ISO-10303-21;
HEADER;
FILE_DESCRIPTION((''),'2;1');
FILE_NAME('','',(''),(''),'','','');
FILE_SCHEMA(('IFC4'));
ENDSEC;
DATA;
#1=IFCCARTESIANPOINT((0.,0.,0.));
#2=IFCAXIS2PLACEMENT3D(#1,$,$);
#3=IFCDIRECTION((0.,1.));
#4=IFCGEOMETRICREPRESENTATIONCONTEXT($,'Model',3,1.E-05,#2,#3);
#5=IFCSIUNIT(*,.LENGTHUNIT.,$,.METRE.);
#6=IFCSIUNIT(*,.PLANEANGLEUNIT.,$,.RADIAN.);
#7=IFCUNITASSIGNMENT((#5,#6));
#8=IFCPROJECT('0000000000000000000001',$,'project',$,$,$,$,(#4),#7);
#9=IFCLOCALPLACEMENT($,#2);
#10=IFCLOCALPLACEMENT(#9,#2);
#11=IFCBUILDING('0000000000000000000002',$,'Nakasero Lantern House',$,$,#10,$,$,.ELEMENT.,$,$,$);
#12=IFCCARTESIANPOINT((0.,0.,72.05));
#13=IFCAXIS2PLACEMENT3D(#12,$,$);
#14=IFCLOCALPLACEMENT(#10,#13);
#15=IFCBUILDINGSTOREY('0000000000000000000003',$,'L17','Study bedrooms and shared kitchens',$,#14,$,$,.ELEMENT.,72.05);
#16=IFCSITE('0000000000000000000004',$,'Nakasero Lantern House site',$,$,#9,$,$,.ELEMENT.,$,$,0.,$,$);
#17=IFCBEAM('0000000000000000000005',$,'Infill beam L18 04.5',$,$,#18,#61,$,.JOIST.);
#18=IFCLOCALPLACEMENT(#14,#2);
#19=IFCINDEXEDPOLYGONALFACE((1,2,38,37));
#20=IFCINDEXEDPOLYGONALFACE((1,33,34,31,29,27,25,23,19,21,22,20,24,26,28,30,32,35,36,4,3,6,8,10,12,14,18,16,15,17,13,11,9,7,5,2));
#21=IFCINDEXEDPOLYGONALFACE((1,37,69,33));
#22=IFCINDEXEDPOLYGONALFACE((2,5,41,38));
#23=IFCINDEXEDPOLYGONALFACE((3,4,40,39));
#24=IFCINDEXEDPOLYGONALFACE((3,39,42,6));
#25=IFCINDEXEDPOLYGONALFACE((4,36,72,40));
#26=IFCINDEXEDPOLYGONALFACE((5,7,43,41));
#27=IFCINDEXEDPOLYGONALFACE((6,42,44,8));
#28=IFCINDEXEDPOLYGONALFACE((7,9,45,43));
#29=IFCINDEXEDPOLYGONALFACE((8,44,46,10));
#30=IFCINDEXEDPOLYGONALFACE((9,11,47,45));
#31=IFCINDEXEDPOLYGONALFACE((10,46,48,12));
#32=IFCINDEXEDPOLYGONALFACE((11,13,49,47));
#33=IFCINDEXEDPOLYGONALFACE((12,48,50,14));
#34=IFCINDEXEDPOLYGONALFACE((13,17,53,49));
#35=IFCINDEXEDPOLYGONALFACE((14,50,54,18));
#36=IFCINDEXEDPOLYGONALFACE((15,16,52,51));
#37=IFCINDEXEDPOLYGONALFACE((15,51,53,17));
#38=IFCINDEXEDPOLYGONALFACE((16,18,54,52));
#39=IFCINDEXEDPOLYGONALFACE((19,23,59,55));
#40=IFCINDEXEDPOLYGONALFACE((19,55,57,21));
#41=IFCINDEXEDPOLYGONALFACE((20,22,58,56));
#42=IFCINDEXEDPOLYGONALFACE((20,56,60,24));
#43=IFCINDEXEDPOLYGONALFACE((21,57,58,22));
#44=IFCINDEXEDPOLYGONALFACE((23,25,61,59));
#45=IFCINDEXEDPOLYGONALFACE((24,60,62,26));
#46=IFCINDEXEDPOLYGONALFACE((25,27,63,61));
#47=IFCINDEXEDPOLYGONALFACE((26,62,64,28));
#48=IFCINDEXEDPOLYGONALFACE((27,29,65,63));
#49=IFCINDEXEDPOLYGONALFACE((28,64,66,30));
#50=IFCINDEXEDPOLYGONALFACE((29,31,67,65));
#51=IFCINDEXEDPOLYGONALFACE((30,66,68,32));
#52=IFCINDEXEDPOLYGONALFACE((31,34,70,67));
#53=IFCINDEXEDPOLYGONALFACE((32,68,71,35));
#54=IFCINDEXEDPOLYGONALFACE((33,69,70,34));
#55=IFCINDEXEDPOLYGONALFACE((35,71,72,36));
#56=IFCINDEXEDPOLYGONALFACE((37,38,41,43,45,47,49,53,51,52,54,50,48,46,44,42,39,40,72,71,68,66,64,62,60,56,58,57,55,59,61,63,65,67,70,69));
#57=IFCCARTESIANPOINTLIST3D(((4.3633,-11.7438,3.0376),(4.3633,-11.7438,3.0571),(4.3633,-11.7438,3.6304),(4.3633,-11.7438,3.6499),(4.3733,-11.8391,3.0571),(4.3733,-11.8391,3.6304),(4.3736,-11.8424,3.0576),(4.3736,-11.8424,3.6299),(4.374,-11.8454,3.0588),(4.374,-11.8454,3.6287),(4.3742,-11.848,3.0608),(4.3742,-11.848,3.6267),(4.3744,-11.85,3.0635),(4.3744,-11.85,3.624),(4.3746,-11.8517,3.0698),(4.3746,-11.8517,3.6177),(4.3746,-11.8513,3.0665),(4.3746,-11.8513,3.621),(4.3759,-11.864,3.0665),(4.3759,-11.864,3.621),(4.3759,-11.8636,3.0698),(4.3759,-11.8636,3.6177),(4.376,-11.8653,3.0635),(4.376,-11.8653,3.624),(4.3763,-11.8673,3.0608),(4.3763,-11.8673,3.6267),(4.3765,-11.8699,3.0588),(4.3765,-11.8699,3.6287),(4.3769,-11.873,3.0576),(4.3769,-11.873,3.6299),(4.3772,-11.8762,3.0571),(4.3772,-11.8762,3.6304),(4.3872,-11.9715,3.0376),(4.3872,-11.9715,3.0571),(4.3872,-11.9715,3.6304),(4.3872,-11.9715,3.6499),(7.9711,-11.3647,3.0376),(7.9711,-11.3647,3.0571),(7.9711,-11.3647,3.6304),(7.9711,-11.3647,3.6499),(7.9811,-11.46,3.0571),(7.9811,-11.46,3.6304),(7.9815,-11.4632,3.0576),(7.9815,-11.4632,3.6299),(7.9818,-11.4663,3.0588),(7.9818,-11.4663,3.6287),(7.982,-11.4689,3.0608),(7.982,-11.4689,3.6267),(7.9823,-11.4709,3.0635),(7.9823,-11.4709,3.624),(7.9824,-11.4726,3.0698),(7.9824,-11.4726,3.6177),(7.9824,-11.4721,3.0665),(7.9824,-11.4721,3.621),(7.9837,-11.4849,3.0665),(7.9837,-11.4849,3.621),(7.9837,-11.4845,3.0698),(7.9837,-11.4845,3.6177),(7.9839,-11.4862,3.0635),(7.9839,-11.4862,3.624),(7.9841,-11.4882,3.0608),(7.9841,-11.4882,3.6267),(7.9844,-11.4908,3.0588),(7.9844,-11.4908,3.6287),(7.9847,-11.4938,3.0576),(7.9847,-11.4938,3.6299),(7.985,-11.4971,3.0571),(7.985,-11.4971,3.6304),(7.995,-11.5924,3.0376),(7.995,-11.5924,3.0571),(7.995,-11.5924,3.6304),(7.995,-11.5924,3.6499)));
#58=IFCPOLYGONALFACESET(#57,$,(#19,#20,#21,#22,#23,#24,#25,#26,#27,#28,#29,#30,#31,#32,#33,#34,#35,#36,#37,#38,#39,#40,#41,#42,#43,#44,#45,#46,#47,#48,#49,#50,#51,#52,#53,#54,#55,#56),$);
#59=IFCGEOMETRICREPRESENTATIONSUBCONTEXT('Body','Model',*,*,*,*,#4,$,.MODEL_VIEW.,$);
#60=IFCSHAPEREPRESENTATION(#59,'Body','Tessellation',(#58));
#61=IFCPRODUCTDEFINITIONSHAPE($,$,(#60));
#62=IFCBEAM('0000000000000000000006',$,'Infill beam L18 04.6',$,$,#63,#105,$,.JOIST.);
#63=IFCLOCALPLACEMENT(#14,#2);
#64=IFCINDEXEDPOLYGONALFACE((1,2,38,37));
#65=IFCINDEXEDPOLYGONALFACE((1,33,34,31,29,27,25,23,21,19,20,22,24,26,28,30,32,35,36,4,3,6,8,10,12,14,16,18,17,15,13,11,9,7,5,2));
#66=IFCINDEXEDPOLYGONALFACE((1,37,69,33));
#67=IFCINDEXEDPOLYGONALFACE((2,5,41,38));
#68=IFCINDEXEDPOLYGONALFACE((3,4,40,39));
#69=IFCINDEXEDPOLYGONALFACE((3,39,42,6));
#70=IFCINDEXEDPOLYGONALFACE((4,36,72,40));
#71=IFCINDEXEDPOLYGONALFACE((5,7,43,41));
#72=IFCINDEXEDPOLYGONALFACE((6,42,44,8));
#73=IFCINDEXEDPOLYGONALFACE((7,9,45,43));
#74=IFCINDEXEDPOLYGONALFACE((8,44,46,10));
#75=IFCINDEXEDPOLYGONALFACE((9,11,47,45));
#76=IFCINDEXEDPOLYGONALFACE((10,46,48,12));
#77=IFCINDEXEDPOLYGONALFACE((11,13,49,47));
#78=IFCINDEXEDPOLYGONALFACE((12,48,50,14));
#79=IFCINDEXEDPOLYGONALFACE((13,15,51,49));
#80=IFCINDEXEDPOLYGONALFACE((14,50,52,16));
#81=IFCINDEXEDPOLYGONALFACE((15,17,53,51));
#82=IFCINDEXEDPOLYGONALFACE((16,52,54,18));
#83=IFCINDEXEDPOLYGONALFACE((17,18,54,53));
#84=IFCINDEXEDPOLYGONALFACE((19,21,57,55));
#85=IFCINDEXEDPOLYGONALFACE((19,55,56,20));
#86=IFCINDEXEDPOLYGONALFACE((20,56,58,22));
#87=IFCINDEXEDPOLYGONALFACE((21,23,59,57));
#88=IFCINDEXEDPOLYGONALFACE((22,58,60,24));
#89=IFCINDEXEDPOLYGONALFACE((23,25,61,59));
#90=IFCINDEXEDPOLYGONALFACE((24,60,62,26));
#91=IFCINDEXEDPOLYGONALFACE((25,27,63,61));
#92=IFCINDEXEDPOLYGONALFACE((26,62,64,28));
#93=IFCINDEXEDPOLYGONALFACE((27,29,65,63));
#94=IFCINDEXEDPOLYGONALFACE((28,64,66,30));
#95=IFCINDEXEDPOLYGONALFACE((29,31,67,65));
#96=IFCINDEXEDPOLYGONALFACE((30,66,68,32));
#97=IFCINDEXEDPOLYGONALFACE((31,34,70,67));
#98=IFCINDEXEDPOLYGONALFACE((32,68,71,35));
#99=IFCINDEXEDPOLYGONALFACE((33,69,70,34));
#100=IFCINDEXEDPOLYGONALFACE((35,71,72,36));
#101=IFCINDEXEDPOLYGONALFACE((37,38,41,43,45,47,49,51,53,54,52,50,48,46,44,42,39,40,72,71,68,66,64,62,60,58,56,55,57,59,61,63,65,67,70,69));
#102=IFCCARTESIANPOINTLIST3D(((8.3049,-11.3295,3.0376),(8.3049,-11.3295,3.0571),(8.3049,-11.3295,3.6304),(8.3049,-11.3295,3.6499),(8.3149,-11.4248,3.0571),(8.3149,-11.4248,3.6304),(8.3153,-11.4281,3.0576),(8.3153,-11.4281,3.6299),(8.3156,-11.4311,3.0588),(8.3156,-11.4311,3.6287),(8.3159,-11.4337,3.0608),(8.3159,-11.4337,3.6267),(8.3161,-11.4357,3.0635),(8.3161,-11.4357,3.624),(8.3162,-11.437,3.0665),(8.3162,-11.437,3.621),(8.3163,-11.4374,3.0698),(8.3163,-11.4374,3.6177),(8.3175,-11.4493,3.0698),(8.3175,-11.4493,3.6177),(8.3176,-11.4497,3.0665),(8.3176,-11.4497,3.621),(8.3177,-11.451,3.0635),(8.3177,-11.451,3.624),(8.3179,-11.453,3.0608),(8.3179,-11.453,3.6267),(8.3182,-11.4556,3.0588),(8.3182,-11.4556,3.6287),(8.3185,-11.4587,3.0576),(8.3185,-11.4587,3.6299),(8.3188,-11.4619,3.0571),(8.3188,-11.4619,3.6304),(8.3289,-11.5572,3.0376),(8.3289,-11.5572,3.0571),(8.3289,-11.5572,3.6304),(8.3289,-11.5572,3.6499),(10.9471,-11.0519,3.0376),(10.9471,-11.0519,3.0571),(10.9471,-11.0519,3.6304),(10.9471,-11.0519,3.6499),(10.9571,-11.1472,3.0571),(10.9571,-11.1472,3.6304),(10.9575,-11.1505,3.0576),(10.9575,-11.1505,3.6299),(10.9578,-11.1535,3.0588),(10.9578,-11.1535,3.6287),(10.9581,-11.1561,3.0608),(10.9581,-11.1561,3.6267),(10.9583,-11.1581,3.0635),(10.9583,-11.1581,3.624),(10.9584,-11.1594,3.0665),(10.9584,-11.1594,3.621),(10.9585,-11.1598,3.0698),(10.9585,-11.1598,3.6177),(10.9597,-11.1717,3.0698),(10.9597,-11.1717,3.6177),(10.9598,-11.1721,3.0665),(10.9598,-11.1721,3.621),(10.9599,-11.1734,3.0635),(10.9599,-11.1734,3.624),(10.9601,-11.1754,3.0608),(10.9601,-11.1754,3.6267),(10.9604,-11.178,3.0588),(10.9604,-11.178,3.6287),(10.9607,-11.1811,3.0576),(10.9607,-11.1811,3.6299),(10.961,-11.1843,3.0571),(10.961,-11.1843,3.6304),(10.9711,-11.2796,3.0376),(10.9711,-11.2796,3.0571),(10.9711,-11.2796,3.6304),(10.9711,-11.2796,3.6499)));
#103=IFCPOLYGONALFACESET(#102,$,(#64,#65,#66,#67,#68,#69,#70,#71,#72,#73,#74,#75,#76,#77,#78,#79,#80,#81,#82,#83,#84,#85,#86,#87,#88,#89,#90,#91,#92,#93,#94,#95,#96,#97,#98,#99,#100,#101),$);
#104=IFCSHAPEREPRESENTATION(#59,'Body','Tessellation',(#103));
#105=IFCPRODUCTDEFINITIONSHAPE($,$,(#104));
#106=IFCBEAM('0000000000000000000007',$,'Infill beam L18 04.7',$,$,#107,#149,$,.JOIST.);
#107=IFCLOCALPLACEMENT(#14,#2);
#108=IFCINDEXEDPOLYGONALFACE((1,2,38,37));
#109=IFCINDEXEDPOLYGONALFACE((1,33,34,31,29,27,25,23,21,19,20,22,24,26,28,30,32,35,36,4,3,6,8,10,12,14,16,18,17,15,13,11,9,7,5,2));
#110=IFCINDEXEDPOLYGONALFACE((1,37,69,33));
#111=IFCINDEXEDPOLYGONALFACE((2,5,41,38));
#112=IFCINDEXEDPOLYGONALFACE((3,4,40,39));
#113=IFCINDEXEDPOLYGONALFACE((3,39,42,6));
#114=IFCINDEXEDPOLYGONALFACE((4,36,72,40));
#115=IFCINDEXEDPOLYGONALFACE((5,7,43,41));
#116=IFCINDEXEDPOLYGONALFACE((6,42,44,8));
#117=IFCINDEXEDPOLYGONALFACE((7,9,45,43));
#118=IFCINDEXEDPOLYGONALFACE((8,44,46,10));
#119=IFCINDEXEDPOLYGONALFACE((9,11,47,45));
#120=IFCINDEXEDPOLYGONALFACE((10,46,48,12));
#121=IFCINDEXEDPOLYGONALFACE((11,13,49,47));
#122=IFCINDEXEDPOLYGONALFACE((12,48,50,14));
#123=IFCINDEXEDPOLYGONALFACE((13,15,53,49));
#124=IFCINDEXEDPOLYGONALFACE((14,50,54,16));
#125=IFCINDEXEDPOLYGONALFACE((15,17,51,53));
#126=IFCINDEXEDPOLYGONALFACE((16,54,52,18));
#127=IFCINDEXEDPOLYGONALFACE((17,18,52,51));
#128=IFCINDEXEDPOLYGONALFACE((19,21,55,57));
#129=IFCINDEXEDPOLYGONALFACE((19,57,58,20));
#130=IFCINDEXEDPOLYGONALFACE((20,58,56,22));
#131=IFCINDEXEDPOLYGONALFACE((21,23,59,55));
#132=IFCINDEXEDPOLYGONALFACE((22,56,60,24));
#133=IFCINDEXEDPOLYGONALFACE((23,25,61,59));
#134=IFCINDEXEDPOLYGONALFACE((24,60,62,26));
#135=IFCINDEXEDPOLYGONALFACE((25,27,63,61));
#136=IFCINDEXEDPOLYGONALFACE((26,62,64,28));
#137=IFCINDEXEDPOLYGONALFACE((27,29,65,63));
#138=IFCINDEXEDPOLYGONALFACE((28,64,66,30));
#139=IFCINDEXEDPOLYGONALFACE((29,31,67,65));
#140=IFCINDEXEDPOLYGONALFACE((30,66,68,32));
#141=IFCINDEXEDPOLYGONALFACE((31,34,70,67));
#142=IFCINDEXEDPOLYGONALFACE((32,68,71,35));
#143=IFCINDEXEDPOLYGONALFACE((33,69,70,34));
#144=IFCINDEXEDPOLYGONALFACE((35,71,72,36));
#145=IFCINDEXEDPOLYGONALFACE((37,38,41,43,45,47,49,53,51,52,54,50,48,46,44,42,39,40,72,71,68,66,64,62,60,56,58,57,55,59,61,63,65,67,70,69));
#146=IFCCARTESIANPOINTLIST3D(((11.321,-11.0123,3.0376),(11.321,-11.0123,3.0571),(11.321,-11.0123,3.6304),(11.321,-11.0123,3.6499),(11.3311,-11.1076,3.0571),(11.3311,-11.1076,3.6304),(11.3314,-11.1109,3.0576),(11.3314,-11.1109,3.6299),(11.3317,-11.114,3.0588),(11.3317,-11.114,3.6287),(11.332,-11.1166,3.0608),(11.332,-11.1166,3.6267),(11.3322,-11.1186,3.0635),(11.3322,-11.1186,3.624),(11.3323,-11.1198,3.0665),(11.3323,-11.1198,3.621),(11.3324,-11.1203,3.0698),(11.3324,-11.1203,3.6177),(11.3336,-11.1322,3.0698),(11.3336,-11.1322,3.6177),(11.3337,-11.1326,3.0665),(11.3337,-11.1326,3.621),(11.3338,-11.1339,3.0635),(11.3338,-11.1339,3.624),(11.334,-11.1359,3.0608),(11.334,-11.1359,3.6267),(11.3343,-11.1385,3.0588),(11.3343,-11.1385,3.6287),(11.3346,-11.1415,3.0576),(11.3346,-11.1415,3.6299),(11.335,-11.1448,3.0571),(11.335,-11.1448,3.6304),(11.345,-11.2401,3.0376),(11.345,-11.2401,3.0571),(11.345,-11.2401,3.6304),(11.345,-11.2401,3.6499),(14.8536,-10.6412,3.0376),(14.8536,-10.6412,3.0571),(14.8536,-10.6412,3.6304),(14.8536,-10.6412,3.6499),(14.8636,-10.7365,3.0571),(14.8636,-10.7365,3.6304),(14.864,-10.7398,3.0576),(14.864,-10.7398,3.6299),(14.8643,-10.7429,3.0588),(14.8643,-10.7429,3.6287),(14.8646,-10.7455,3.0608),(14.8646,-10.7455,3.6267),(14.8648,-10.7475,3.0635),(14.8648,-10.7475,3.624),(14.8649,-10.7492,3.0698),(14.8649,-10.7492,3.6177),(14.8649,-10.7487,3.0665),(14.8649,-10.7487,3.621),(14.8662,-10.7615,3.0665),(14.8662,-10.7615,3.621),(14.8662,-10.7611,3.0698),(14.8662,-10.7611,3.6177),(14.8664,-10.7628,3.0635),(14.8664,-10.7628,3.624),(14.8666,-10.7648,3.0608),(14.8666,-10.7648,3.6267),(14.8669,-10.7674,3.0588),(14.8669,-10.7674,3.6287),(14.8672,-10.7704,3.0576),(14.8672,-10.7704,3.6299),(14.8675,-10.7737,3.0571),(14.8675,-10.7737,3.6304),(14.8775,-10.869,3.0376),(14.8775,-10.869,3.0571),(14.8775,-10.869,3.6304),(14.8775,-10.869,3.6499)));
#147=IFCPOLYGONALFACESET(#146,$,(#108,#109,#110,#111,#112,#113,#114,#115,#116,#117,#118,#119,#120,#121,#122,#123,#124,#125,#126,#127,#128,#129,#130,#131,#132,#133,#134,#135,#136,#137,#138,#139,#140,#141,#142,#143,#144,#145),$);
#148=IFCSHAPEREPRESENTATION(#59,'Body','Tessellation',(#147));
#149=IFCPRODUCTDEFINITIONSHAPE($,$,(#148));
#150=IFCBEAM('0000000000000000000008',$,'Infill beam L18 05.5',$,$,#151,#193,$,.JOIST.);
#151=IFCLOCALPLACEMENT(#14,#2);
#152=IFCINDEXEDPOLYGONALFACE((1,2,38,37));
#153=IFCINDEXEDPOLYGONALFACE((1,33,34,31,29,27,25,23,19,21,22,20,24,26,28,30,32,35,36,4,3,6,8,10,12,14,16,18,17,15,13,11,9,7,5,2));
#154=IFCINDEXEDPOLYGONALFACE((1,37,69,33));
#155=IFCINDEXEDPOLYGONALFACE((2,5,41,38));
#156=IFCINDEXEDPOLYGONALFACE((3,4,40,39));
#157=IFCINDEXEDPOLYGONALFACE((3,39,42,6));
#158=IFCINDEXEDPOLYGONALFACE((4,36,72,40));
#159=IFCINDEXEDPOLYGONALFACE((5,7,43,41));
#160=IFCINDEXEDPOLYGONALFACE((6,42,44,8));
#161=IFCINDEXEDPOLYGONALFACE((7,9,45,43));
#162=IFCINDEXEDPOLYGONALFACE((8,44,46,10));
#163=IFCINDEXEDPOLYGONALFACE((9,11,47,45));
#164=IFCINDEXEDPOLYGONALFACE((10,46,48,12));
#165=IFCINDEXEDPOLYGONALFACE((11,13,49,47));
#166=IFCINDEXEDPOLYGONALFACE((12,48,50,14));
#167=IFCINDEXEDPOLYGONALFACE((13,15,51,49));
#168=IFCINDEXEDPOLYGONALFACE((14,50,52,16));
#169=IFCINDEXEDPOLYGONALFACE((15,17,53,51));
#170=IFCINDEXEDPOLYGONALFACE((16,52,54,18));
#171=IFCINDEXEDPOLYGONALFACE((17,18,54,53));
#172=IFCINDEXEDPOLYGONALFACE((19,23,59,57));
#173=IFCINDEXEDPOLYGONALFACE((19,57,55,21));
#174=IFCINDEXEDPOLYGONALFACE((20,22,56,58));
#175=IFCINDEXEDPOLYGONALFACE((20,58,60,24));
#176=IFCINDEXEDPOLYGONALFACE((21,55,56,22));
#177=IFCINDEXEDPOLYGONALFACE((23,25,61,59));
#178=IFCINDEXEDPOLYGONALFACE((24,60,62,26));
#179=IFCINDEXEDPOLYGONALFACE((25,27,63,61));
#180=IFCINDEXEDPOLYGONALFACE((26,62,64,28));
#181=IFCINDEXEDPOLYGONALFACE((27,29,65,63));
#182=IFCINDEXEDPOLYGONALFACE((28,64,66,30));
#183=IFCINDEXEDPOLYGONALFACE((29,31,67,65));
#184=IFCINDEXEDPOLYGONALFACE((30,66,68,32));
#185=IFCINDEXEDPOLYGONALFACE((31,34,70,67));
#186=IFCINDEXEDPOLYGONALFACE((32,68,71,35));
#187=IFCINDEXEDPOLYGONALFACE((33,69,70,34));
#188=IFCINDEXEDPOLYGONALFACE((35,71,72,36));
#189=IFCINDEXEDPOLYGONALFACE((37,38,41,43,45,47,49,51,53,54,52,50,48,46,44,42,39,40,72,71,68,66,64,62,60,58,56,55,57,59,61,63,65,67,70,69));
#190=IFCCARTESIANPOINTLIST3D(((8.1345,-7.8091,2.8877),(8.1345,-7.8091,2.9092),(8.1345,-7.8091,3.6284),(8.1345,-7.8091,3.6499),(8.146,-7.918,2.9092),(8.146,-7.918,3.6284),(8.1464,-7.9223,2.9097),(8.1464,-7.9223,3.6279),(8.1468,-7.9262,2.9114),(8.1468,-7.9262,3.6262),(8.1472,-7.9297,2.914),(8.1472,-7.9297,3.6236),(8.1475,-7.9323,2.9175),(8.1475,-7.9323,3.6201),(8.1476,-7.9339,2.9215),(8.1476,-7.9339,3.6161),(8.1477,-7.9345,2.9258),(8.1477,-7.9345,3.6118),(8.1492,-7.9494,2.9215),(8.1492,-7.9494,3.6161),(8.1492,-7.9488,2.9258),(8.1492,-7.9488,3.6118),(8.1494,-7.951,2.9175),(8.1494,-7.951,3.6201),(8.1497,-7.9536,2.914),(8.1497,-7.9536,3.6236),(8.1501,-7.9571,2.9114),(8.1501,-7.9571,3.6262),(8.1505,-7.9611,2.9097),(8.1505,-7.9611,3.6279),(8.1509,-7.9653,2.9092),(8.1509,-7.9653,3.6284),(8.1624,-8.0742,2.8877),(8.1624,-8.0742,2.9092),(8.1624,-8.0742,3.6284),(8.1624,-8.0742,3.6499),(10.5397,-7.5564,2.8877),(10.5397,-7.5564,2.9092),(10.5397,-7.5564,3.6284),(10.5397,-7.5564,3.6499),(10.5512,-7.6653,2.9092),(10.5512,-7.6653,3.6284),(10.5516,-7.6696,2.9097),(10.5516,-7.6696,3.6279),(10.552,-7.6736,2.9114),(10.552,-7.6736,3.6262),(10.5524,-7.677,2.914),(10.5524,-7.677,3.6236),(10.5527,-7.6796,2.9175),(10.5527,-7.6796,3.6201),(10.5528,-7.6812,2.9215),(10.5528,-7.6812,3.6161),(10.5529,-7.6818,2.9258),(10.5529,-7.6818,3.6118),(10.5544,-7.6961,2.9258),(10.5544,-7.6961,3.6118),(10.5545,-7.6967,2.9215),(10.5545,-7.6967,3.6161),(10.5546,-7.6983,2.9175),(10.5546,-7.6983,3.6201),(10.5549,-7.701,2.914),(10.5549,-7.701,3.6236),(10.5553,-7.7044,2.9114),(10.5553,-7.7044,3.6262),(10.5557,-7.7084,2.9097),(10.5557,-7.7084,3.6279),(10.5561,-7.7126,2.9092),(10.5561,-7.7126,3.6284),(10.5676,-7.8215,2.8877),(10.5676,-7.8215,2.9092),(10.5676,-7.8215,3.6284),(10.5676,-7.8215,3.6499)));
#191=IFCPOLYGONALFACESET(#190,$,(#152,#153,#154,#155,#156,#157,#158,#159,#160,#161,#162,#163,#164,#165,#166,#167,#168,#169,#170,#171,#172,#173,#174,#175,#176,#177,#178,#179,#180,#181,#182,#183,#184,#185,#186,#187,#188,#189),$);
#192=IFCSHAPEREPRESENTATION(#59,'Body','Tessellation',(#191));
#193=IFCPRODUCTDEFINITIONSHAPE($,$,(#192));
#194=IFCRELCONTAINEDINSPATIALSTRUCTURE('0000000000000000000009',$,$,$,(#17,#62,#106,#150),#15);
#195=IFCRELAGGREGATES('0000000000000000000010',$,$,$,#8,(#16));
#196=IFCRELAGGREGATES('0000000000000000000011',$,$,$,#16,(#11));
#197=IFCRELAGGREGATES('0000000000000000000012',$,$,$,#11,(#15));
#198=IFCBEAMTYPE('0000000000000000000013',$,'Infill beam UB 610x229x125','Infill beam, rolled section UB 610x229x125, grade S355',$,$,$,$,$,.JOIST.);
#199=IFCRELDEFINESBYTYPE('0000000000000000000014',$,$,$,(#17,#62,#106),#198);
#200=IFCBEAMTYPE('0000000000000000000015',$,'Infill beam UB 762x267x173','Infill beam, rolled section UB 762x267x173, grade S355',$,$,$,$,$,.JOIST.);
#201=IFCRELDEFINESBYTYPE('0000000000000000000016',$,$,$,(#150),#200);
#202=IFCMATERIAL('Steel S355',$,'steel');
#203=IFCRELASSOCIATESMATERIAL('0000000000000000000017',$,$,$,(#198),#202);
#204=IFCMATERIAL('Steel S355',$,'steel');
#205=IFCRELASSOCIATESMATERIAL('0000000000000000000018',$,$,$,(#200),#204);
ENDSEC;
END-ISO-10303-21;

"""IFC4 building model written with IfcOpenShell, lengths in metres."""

from ifc_helpers import new_model, si_unit, direction, frame, origin, origin_2d, place, context, subcontext, project, spatial, i_section, extrude, material, material_profile, profile_set, type_object, element, save


model = new_model("IFC4")

# Units and contexts
model_context = context("Model", 3, precision=1e-05, world=origin(), true_north=direction((0.0, 1.0)))
body_context = subcontext(model_context, "Body", "Model", "MODEL_VIEW")
ifc_project = project(units=[si_unit("LENGTHUNIT", "METRE"), si_unit("PLANEANGLEUNIT", "RADIAN")], contexts=[model_context])

# Site, building, storey
site_placement = place(None, origin())
site = spatial("IfcSite", under=ifc_project, at=site_placement, Name="Nakasero Lantern House site", CompositionType="ELEMENT", RefElevation=0.0)
building_placement = place(site_placement, origin())
building = spatial("IfcBuilding", under=site, at=building_placement, Name="Nakasero Lantern House", CompositionType="ELEMENT")
storey_placement = place(building_placement, frame((0.0, 0.0, 72.05)))
storey = spatial("IfcBuildingStorey", under=building, at=storey_placement, Name="L17", Description="Study bedrooms and shared kitchens", CompositionType="ELEMENT", Elevation=72.05)

# Beams
ifc_material_1 = material(Name="Steel S355", Category="steel")
ifc_material_profile_1 = material_profile(ifc_material_1, i_section(OverallWidth=0.229, OverallDepth=0.6123, WebThickness=0.012, FlangeThickness=0.0195, FilletRadius=0.0127, at=origin_2d()), Name="UB 610x229x125")
ifc_profile_set_1 = profile_set([ifc_material_profile_1], Name="Steel S355")
beam_type_1 = type_object("IfcBeamType", Name="Infill beam UB 610x229x125", Description="Infill beam, rolled section UB 610x229x125, grade S355", PredefinedType="JOIST", material=ifc_profile_set_1)
beam_1_placement = place(storey_placement, frame((4.3752, -11.8577, 3.3438), z_axis=(0.994524, 0.104513, 0.0), x_axis=(-0.104513, 0.994524, 0.0)))
element("IfcBeam", 1, at=beam_1_placement, inside=storey, type_object=beam_type_1, Name="Infill beam L18 04.5", PredefinedType="JOIST", context=body_context, shape_type="SweptSolid", body=[
    extrude(i_section(OverallWidth=0.229, OverallDepth=0.6123, WebThickness=0.012, FlangeThickness=0.0195, FilletRadius=0.0127, at=origin_2d()), origin(), (0.0, 0.0, 1.0), 3.6277),
])
beam_2_placement = place(storey_placement, frame((8.3169, -11.4434, 3.3438), z_axis=(0.994526, 0.104489, 0.0), x_axis=(-0.104489, 0.994526, 0.0)))
element("IfcBeam", 2, at=beam_2_placement, inside=storey, type_object=beam_type_1, Name="Infill beam L18 04.6", PredefinedType="JOIST", context=body_context, shape_type="SweptSolid", body=[
    extrude(i_section(OverallWidth=0.229, OverallDepth=0.6123, WebThickness=0.012, FlangeThickness=0.0195, FilletRadius=0.0127, at=origin_2d()), origin(), (0.0, 0.0, 1.0), 2.6567),
])
beam_3_placement = place(storey_placement, frame((11.333, -11.1262, 3.3438), z_axis=(0.994527, 0.104477, 0.0), x_axis=(-0.104477, 0.994527, 0.0)))
element("IfcBeam", 3, at=beam_3_placement, inside=storey, type_object=beam_type_1, Name="Infill beam L18 04.7", PredefinedType="JOIST", context=body_context, shape_type="SweptSolid", body=[
    extrude(i_section(OverallWidth=0.229, OverallDepth=0.6123, WebThickness=0.012, FlangeThickness=0.0195, FilletRadius=0.0127, at=origin_2d()), origin(), (0.0, 0.0, 1.0), 3.552),
])
ifc_material_2 = material(Name="Steel S355", Category="steel")
ifc_material_profile_2 = material_profile(ifc_material_2, i_section(OverallWidth=0.2666, OverallDepth=0.7622, WebThickness=0.0144, FlangeThickness=0.0215, FilletRadius=0.0166, at=origin_2d()), Name="UB 762x267x173")
ifc_profile_set_2 = profile_set([ifc_material_profile_2], Name="Steel S355")
beam_type_2 = type_object("IfcBeamType", Name="Infill beam UB 762x267x173", Description="Infill beam, rolled section UB 762x267x173, grade S355", PredefinedType="JOIST", material=ifc_profile_set_2)
beam_4_placement = place(storey_placement, frame((8.1484, -7.9417, 3.2688), z_axis=(0.994527, 0.10448, 0.0), x_axis=(-0.10448, 0.994527, 0.0)))
element("IfcBeam", 4, at=beam_4_placement, inside=storey, type_object=beam_type_2, Name="Infill beam L18 05.5", PredefinedType="JOIST", context=body_context, shape_type="SweptSolid", body=[
    extrude(i_section(OverallWidth=0.2666, OverallDepth=0.7622, WebThickness=0.0144, FlangeThickness=0.0215, FilletRadius=0.0166, at=origin_2d()), origin(), (0.0, 0.0, 1.0), 2.4185),
])

save(model, "model.ifc")
